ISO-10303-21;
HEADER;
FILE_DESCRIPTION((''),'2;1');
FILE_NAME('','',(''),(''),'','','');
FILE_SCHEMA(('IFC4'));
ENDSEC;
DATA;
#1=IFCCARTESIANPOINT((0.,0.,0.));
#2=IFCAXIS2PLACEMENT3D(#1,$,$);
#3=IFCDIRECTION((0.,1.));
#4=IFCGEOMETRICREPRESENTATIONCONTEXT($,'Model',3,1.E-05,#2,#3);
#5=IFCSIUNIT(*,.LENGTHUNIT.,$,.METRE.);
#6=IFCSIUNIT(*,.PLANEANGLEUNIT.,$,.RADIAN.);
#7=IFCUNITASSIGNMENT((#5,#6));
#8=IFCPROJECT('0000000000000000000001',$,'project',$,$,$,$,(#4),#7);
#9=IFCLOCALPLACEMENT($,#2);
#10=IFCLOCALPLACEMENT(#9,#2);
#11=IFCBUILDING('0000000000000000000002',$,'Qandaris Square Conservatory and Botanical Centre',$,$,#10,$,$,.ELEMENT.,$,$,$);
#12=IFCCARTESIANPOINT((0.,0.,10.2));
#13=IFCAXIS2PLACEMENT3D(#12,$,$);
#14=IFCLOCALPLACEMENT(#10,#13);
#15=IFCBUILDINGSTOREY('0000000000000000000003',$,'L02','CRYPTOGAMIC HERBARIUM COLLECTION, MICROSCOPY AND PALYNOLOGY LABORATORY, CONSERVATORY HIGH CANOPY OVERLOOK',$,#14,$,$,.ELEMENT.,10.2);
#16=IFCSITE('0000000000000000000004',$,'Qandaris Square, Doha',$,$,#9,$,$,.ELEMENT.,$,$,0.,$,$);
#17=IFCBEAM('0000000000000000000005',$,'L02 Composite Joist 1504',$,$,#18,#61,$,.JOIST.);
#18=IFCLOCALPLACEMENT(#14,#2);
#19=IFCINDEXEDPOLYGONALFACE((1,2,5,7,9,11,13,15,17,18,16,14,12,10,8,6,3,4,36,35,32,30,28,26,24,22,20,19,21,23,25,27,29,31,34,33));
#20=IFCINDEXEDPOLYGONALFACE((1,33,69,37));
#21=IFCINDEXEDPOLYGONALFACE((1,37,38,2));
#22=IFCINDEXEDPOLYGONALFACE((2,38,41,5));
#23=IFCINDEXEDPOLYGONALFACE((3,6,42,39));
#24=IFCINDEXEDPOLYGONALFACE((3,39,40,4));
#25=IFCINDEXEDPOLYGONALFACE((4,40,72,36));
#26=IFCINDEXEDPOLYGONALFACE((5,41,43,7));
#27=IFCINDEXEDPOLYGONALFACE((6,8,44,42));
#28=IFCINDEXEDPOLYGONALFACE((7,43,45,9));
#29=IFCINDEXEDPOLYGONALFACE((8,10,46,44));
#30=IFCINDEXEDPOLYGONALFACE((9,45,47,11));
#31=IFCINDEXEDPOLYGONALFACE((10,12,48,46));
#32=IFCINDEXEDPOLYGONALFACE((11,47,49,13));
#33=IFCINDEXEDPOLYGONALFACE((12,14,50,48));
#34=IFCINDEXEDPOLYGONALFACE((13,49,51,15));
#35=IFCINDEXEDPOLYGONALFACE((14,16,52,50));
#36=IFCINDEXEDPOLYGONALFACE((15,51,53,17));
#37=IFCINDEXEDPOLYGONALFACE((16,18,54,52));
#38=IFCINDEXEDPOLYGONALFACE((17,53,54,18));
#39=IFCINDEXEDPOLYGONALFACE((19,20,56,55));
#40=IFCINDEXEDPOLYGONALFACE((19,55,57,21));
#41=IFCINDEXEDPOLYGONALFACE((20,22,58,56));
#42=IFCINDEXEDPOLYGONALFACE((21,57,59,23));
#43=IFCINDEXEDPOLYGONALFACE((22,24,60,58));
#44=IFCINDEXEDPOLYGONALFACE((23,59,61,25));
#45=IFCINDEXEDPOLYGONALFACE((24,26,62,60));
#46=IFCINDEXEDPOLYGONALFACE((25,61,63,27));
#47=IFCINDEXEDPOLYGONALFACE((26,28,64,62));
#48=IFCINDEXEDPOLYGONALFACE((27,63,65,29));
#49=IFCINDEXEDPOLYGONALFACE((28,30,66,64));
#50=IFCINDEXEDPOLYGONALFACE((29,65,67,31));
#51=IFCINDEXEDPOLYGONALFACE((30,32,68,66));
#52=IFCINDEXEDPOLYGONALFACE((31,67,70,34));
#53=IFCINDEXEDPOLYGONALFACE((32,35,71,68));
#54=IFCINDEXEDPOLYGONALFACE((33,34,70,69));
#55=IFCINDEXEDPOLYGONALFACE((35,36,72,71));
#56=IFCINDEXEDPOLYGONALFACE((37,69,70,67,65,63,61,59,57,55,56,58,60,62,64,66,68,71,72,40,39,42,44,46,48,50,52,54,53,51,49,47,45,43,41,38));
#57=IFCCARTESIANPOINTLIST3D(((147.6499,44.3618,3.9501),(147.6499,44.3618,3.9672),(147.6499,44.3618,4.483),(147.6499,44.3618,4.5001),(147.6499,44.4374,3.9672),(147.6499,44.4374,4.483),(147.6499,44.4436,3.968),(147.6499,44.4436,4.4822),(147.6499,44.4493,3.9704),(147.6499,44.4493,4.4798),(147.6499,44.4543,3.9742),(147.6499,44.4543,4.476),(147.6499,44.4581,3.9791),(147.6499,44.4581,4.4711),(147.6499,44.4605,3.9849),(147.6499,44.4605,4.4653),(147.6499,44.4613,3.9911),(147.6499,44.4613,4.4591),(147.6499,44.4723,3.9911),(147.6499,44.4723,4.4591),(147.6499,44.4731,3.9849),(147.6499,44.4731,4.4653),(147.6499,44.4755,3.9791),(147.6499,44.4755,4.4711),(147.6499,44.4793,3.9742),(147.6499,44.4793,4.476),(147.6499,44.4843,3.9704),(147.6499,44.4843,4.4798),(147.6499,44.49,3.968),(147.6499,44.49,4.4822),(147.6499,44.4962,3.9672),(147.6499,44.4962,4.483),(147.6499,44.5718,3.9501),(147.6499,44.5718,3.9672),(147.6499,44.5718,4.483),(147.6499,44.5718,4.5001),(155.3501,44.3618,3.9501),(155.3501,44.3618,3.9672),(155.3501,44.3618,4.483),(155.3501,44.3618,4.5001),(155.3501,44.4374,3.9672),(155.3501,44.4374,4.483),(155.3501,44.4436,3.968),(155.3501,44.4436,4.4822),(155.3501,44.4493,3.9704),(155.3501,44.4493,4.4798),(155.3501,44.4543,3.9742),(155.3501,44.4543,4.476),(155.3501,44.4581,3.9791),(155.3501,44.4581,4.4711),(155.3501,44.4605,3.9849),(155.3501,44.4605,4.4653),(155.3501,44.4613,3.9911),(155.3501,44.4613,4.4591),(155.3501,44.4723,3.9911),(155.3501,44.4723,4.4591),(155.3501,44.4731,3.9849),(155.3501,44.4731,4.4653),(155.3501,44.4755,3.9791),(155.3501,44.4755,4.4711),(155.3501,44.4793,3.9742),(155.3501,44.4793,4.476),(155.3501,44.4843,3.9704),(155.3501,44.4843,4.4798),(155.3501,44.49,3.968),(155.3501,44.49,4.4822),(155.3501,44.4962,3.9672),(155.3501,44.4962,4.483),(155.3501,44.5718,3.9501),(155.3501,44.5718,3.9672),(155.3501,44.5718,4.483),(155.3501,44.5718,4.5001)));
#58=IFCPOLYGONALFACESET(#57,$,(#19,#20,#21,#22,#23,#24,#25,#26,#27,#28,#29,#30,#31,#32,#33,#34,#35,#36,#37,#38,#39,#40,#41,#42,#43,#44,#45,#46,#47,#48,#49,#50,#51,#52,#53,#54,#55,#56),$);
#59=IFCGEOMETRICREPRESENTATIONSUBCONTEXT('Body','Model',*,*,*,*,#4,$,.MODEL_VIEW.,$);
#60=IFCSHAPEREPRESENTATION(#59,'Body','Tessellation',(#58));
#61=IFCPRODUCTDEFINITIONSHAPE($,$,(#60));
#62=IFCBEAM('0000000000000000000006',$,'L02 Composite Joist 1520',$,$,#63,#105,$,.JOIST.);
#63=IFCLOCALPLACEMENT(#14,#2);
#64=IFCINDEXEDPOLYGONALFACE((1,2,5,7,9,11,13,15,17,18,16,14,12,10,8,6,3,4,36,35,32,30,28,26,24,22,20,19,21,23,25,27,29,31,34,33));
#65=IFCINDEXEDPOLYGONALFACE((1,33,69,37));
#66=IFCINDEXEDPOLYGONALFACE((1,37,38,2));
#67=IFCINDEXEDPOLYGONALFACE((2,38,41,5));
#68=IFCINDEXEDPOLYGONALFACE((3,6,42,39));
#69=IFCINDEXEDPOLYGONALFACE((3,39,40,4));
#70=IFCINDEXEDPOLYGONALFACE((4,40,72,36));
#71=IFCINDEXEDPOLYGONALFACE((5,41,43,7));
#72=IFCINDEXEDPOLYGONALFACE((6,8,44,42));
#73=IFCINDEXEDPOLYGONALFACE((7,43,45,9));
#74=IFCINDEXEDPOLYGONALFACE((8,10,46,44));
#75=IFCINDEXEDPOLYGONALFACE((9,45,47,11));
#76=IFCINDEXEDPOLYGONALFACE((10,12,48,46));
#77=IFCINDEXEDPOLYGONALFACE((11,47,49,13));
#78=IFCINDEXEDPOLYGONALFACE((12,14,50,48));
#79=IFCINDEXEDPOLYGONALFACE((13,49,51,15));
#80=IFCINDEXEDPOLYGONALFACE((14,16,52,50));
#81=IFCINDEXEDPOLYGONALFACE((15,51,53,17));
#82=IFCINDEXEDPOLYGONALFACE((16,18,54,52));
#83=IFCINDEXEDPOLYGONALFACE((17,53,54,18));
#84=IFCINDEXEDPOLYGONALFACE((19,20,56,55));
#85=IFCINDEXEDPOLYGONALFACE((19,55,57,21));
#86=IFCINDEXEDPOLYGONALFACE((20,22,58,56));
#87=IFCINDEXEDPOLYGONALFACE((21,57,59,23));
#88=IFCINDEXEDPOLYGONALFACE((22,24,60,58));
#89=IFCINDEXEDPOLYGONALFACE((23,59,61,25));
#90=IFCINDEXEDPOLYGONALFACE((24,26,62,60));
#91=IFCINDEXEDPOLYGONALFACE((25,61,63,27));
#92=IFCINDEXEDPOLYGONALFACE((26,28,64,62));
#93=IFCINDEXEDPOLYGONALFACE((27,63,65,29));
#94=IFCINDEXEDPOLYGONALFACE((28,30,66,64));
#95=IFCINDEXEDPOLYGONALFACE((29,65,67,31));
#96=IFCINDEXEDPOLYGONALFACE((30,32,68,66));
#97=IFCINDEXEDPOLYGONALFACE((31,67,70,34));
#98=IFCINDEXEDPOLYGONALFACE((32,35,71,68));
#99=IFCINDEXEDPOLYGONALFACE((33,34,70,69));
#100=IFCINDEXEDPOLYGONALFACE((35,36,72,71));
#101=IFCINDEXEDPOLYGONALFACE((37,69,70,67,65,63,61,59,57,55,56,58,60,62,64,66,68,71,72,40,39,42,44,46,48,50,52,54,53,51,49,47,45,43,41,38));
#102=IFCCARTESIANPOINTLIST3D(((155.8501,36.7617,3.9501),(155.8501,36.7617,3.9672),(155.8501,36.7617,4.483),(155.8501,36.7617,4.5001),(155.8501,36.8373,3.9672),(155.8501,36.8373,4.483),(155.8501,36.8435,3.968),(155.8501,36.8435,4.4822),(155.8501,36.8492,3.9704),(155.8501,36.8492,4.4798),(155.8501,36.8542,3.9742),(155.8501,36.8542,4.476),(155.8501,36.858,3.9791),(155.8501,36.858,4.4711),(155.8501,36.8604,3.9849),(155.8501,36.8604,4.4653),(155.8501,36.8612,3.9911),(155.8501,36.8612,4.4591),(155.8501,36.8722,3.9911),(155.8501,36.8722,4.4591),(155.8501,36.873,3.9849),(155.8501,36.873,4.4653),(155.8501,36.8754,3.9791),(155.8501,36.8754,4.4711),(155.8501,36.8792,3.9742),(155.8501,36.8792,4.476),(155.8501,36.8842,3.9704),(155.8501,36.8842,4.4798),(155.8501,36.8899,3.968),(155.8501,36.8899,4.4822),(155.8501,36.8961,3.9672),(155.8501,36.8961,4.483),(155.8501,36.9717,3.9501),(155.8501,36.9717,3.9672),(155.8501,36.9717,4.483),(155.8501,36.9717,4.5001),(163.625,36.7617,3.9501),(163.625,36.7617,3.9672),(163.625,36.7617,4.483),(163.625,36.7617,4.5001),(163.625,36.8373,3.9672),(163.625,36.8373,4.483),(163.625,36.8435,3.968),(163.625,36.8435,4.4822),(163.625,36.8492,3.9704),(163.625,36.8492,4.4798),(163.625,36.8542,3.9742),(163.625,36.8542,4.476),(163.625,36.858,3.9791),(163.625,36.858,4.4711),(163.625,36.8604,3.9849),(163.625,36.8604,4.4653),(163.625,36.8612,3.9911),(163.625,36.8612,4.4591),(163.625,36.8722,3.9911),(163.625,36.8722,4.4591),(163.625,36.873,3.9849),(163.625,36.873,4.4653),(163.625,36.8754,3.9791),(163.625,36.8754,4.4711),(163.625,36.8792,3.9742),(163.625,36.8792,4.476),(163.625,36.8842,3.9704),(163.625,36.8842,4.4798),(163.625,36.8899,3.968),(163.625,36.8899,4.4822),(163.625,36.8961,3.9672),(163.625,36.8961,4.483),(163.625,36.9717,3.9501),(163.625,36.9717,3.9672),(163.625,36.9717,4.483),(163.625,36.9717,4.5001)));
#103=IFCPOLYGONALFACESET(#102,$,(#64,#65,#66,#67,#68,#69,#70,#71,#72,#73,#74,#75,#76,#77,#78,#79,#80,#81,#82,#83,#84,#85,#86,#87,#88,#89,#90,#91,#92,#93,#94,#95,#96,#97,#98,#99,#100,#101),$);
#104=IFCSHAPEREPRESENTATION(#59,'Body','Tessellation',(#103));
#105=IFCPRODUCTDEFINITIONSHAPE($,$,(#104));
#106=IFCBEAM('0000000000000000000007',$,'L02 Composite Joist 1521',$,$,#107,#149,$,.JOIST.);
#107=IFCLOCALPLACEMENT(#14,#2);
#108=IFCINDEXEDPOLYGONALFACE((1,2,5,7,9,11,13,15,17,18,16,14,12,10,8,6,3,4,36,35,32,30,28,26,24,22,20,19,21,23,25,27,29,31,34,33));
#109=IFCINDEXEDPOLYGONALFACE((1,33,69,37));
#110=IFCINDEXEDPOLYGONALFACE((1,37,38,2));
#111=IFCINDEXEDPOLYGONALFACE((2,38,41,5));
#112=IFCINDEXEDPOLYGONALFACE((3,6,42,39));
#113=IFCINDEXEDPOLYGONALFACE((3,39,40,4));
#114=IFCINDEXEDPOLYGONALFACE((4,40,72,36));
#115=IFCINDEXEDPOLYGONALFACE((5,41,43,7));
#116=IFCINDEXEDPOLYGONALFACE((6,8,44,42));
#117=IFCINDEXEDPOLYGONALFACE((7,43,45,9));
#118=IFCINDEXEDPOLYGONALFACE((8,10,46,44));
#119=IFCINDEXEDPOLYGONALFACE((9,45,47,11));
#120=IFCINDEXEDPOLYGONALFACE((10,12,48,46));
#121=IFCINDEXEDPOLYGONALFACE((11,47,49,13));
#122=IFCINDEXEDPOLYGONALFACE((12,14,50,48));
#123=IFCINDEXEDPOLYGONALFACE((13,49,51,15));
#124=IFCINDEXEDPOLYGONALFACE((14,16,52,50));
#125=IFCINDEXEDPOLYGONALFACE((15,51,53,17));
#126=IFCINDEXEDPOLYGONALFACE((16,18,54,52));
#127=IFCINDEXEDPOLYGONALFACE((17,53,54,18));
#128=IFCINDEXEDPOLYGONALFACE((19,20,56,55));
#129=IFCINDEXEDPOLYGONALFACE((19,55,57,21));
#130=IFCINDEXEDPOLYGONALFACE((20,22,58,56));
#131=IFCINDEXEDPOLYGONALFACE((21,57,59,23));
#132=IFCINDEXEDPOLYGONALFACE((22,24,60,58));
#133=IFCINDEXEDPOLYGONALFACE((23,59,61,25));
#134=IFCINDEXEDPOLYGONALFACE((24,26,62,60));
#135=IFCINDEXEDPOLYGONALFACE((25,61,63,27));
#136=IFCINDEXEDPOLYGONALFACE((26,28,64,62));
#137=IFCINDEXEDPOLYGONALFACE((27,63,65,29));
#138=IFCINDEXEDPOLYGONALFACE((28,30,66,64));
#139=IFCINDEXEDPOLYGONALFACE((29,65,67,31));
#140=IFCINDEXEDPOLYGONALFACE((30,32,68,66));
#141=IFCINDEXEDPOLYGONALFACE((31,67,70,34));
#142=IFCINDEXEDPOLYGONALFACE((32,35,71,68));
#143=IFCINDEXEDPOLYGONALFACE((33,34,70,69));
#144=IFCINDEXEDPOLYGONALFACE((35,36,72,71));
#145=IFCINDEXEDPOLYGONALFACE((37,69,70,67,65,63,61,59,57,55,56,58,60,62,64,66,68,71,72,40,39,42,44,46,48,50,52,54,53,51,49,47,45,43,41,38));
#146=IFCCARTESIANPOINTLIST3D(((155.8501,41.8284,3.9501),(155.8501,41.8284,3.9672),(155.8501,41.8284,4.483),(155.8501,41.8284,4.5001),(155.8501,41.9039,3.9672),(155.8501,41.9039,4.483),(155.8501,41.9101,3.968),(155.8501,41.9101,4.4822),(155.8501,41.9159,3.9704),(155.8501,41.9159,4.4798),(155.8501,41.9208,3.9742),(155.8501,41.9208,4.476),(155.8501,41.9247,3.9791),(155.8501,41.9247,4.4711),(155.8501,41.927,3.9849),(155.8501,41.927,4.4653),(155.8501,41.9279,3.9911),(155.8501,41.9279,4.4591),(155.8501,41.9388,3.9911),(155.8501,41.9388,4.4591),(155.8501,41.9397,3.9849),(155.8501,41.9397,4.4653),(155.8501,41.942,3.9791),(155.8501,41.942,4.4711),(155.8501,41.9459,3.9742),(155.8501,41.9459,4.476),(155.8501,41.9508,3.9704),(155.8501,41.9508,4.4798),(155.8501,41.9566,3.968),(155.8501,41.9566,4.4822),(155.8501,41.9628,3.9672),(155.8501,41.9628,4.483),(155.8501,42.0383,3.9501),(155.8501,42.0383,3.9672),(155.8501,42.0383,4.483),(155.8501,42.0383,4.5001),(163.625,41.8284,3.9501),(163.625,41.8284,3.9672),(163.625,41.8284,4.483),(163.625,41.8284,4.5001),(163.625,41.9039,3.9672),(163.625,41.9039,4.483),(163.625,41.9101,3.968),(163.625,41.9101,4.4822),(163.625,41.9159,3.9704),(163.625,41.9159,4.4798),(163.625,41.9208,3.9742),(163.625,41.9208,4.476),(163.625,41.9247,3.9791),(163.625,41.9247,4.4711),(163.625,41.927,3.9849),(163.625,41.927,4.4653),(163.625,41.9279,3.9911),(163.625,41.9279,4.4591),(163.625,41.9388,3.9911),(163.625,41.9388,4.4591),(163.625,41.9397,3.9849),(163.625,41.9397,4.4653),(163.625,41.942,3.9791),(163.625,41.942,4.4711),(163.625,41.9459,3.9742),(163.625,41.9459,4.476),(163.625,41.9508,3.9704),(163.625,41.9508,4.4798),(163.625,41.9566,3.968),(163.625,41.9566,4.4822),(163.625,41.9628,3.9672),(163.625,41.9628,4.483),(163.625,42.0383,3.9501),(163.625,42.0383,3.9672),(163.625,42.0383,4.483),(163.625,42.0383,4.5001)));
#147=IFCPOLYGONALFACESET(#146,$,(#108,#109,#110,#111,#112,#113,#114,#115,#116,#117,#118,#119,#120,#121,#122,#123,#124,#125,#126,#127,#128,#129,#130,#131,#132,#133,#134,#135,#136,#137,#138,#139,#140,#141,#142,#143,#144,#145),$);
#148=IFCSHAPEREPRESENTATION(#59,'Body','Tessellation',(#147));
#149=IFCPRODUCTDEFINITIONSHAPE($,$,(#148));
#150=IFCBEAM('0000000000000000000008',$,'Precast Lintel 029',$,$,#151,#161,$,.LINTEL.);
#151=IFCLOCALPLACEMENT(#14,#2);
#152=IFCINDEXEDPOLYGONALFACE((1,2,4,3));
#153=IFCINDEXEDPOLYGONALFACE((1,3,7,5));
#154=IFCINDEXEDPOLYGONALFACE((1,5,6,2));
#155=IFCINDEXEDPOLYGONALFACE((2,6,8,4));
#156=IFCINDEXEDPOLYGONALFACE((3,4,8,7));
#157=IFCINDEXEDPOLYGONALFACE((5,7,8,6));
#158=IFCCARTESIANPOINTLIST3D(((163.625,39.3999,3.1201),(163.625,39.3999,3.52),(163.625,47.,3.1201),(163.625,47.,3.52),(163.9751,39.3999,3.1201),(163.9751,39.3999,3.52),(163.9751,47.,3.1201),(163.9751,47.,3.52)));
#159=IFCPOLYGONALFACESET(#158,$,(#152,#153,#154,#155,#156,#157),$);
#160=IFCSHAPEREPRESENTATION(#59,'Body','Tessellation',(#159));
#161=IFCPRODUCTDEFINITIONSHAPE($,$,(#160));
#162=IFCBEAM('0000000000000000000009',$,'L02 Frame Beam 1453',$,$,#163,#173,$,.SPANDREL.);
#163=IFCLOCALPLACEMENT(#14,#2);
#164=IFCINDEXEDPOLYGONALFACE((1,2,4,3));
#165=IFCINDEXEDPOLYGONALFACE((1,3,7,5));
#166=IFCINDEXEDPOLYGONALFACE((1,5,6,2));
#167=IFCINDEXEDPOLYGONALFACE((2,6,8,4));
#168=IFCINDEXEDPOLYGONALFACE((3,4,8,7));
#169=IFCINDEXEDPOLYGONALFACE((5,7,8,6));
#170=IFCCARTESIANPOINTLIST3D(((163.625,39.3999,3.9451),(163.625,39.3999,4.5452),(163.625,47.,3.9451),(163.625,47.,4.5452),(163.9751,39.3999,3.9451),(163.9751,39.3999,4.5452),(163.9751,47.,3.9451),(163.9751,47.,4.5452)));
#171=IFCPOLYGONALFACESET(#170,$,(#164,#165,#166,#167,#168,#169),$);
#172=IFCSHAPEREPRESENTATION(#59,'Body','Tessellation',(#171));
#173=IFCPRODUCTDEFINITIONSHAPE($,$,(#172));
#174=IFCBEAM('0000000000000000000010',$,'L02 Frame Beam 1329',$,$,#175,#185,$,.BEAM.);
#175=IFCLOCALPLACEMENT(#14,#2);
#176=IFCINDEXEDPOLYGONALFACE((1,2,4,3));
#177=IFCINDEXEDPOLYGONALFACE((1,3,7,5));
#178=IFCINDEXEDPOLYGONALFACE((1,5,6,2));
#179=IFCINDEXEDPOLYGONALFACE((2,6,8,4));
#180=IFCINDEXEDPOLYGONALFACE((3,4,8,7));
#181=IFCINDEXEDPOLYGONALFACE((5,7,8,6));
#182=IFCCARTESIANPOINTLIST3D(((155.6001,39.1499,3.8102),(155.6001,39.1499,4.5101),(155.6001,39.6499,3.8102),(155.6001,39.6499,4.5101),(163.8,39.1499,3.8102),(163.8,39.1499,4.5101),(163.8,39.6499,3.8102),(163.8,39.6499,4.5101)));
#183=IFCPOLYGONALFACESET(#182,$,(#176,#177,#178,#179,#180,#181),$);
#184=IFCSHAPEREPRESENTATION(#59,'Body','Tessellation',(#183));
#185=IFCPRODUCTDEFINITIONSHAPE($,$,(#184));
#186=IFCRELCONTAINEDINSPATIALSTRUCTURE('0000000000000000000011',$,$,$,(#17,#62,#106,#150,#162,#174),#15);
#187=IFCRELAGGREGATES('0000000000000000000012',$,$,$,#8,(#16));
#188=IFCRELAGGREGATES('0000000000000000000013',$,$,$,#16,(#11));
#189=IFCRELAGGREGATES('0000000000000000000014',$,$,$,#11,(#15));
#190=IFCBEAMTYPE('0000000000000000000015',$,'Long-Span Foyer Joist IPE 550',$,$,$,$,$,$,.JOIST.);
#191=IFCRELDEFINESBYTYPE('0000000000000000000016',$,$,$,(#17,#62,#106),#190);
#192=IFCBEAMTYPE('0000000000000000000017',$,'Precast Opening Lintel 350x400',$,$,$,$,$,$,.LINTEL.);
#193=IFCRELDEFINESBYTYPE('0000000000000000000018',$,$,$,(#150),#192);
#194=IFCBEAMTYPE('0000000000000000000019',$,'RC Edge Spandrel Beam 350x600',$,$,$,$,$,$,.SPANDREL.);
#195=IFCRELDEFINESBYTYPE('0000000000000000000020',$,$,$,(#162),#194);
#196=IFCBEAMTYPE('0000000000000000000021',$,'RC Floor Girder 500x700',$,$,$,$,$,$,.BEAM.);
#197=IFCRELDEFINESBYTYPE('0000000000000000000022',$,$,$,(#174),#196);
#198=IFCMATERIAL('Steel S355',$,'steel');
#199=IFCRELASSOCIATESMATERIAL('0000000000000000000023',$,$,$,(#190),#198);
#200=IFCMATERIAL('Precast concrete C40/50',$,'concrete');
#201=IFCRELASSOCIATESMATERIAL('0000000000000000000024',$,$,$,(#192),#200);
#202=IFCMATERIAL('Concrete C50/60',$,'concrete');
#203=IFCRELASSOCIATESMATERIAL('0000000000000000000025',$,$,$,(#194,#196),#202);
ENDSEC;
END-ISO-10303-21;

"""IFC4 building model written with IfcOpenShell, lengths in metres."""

from ifc_helpers import new_model, si_unit, direction, frame, origin, origin_2d, place, context, subcontext, project, spatial, rectangle, i_section, extrude, material, material_profile, profile_set, type_object, element, save


model = new_model("IFC4")

# Units and contexts
model_context = context("Model", 3, precision=1e-05, world=origin(), true_north=direction((0.0, 1.0)))
body_context = subcontext(model_context, "Body", "Model", "MODEL_VIEW")
ifc_project = project(units=[si_unit("LENGTHUNIT", "METRE"), si_unit("PLANEANGLEUNIT", "RADIAN")], contexts=[model_context])

# Site, building, storey
site_placement = place(None, origin())
site = spatial("IfcSite", under=ifc_project, at=site_placement, Name="Qandaris Square, Doha", CompositionType="ELEMENT", RefElevation=0.0)
building_placement = place(site_placement, origin())
building = spatial("IfcBuilding", under=site, at=building_placement, Name="Qandaris Square Conservatory and Botanical Centre", CompositionType="ELEMENT")
storey_placement = place(building_placement, frame((0.0, 0.0, 10.2)))
storey = spatial("IfcBuildingStorey", under=building, at=storey_placement, Name="L02", Description="CRYPTOGAMIC HERBARIUM COLLECTION, MICROSCOPY AND PALYNOLOGY LABORATORY, CONSERVATORY HIGH CANOPY OVERLOOK", CompositionType="ELEMENT", Elevation=10.2)

# Shared definitions
ifc_material_1 = material(Name="Concrete C50/60", Category="concrete")

# Beams
ifc_material_2 = material(Name="Steel S355", Category="steel")
ifc_material_profile_1 = material_profile(ifc_material_2, i_section(OverallWidth=0.21, OverallDepth=0.55, WebThickness=0.011, FlangeThickness=0.0171, FilletRadius=0.0239, at=origin_2d()), Name="IPE 550")
ifc_profile_set_1 = profile_set([ifc_material_profile_1], Name="Steel S355")
beam_type_1 = type_object("IfcBeamType", Name="Long-Span Foyer Joist IPE 550", PredefinedType="JOIST", material=ifc_profile_set_1)
beam_1_placement = place(storey_placement, frame((147.6499, 44.4668, 4.2251), z_axis=(1.0, 0.0, 0.0), x_axis=(0.0, 1.0, 0.0)))
element("IfcBeam", 1, at=beam_1_placement, inside=storey, type_object=beam_type_1, Name="L02 Composite Joist 1504", PredefinedType="JOIST", context=body_context, shape_type="SweptSolid", body=[
    extrude(i_section(OverallWidth=0.21, OverallDepth=0.55, WebThickness=0.011, FlangeThickness=0.0171, FilletRadius=0.0239, at=origin_2d()), origin(), (0.0, 0.0, 1.0), 7.7002),
])
for number, where, z_axis, x_axis, name in (
    (2, (155.8501, 36.8667, 4.2251), (1.0, 0.0, 0.0), (0.0, 1.0, 0.0), "L02 Composite Joist 1520"),
    (3, (155.8501, 41.9333, 4.2251), (1.0, 0.0, 0.0), (0.0, 1.0, 0.0), "L02 Composite Joist 1521"),
):
    element("IfcBeam", number, at=place(storey_placement, frame(where, z_axis=z_axis, x_axis=x_axis)), inside=storey, type_object=beam_type_1, Name=name, PredefinedType="JOIST", context=body_context, shape_type="SweptSolid", body=[
        extrude(i_section(OverallWidth=0.21, OverallDepth=0.55, WebThickness=0.011, FlangeThickness=0.0171, FilletRadius=0.0239, at=origin_2d()), origin(), (0.0, 0.0, 1.0), 7.7749),
    ])
ifc_material_3 = material(Name="Precast concrete C40/50", Category="concrete")
ifc_material_profile_2 = material_profile(ifc_material_3, rectangle(XDim=0.3501, YDim=0.3999, at=origin_2d()), Name="RC-LN 350x400")
ifc_profile_set_2 = profile_set([ifc_material_profile_2], Name="Precast concrete C40/50")
beam_type_2 = type_object("IfcBeamType", Name="Precast Opening Lintel 350x400", PredefinedType="LINTEL", material=ifc_profile_set_2)
beam_2_placement = place(storey_placement, frame((163.8, 39.3999, 3.3201), z_axis=(0.0, 1.0, 0.0), x_axis=(-1.0, 0.0, 0.0)))
element("IfcBeam", 4, at=beam_2_placement, inside=storey, type_object=beam_type_2, Name="Precast Lintel 029", PredefinedType="LINTEL", context=body_context, shape_type="SweptSolid", body=[
    extrude(rectangle(XDim=0.3501, YDim=0.3999, at=origin_2d()), origin(), (0.0, 0.0, 1.0), 7.6001),
])
ifc_material_profile_3 = material_profile(ifc_material_1, rectangle(XDim=0.3501, YDim=0.6001, at=origin_2d()), Name="RC-SP 350x600")
ifc_profile_set_3 = profile_set([ifc_material_profile_3], Name="Concrete C50/60")
beam_type_3 = type_object("IfcBeamType", Name="RC Edge Spandrel Beam 350x600", PredefinedType="SPANDREL", material=ifc_profile_set_3)
beam_3_placement = place(storey_placement, frame((163.8, 39.3999, 4.2451), z_axis=(0.0, 1.0, 0.0), x_axis=(-1.0, 0.0, 0.0)))
element("IfcBeam", 5, at=beam_3_placement, inside=storey, type_object=beam_type_3, Name="L02 Frame Beam 1453", PredefinedType="SPANDREL", context=body_context, shape_type="SweptSolid", body=[
    extrude(rectangle(XDim=0.3501, YDim=0.6001, at=origin_2d()), origin(), (0.0, 0.0, 1.0), 7.6001),
])
ifc_material_profile_4 = material_profile(ifc_material_1, rectangle(XDim=0.5, YDim=0.7, at=origin_2d()), Name="RC-BM 500x700")
ifc_profile_set_4 = profile_set([ifc_material_profile_4], Name="Concrete C50/60")
beam_type_4 = type_object("IfcBeamType", Name="RC Floor Girder 500x700", PredefinedType="BEAM", material=ifc_profile_set_4)
beam_4_placement = place(storey_placement, frame((155.6001, 39.3999, 4.1602), z_axis=(1.0, 0.0, 0.0), x_axis=(0.0, 1.0, 0.0)))
element("IfcBeam", 6, at=beam_4_placement, inside=storey, type_object=beam_type_4, Name="L02 Frame Beam 1329", PredefinedType="BEAM", context=body_context, shape_type="SweptSolid", body=[
    extrude(rectangle(XDim=0.5, YDim=0.7, at=origin_2d()), origin(), (0.0, 0.0, 1.0), 8.2),
])

save(model, "model.ifc")
